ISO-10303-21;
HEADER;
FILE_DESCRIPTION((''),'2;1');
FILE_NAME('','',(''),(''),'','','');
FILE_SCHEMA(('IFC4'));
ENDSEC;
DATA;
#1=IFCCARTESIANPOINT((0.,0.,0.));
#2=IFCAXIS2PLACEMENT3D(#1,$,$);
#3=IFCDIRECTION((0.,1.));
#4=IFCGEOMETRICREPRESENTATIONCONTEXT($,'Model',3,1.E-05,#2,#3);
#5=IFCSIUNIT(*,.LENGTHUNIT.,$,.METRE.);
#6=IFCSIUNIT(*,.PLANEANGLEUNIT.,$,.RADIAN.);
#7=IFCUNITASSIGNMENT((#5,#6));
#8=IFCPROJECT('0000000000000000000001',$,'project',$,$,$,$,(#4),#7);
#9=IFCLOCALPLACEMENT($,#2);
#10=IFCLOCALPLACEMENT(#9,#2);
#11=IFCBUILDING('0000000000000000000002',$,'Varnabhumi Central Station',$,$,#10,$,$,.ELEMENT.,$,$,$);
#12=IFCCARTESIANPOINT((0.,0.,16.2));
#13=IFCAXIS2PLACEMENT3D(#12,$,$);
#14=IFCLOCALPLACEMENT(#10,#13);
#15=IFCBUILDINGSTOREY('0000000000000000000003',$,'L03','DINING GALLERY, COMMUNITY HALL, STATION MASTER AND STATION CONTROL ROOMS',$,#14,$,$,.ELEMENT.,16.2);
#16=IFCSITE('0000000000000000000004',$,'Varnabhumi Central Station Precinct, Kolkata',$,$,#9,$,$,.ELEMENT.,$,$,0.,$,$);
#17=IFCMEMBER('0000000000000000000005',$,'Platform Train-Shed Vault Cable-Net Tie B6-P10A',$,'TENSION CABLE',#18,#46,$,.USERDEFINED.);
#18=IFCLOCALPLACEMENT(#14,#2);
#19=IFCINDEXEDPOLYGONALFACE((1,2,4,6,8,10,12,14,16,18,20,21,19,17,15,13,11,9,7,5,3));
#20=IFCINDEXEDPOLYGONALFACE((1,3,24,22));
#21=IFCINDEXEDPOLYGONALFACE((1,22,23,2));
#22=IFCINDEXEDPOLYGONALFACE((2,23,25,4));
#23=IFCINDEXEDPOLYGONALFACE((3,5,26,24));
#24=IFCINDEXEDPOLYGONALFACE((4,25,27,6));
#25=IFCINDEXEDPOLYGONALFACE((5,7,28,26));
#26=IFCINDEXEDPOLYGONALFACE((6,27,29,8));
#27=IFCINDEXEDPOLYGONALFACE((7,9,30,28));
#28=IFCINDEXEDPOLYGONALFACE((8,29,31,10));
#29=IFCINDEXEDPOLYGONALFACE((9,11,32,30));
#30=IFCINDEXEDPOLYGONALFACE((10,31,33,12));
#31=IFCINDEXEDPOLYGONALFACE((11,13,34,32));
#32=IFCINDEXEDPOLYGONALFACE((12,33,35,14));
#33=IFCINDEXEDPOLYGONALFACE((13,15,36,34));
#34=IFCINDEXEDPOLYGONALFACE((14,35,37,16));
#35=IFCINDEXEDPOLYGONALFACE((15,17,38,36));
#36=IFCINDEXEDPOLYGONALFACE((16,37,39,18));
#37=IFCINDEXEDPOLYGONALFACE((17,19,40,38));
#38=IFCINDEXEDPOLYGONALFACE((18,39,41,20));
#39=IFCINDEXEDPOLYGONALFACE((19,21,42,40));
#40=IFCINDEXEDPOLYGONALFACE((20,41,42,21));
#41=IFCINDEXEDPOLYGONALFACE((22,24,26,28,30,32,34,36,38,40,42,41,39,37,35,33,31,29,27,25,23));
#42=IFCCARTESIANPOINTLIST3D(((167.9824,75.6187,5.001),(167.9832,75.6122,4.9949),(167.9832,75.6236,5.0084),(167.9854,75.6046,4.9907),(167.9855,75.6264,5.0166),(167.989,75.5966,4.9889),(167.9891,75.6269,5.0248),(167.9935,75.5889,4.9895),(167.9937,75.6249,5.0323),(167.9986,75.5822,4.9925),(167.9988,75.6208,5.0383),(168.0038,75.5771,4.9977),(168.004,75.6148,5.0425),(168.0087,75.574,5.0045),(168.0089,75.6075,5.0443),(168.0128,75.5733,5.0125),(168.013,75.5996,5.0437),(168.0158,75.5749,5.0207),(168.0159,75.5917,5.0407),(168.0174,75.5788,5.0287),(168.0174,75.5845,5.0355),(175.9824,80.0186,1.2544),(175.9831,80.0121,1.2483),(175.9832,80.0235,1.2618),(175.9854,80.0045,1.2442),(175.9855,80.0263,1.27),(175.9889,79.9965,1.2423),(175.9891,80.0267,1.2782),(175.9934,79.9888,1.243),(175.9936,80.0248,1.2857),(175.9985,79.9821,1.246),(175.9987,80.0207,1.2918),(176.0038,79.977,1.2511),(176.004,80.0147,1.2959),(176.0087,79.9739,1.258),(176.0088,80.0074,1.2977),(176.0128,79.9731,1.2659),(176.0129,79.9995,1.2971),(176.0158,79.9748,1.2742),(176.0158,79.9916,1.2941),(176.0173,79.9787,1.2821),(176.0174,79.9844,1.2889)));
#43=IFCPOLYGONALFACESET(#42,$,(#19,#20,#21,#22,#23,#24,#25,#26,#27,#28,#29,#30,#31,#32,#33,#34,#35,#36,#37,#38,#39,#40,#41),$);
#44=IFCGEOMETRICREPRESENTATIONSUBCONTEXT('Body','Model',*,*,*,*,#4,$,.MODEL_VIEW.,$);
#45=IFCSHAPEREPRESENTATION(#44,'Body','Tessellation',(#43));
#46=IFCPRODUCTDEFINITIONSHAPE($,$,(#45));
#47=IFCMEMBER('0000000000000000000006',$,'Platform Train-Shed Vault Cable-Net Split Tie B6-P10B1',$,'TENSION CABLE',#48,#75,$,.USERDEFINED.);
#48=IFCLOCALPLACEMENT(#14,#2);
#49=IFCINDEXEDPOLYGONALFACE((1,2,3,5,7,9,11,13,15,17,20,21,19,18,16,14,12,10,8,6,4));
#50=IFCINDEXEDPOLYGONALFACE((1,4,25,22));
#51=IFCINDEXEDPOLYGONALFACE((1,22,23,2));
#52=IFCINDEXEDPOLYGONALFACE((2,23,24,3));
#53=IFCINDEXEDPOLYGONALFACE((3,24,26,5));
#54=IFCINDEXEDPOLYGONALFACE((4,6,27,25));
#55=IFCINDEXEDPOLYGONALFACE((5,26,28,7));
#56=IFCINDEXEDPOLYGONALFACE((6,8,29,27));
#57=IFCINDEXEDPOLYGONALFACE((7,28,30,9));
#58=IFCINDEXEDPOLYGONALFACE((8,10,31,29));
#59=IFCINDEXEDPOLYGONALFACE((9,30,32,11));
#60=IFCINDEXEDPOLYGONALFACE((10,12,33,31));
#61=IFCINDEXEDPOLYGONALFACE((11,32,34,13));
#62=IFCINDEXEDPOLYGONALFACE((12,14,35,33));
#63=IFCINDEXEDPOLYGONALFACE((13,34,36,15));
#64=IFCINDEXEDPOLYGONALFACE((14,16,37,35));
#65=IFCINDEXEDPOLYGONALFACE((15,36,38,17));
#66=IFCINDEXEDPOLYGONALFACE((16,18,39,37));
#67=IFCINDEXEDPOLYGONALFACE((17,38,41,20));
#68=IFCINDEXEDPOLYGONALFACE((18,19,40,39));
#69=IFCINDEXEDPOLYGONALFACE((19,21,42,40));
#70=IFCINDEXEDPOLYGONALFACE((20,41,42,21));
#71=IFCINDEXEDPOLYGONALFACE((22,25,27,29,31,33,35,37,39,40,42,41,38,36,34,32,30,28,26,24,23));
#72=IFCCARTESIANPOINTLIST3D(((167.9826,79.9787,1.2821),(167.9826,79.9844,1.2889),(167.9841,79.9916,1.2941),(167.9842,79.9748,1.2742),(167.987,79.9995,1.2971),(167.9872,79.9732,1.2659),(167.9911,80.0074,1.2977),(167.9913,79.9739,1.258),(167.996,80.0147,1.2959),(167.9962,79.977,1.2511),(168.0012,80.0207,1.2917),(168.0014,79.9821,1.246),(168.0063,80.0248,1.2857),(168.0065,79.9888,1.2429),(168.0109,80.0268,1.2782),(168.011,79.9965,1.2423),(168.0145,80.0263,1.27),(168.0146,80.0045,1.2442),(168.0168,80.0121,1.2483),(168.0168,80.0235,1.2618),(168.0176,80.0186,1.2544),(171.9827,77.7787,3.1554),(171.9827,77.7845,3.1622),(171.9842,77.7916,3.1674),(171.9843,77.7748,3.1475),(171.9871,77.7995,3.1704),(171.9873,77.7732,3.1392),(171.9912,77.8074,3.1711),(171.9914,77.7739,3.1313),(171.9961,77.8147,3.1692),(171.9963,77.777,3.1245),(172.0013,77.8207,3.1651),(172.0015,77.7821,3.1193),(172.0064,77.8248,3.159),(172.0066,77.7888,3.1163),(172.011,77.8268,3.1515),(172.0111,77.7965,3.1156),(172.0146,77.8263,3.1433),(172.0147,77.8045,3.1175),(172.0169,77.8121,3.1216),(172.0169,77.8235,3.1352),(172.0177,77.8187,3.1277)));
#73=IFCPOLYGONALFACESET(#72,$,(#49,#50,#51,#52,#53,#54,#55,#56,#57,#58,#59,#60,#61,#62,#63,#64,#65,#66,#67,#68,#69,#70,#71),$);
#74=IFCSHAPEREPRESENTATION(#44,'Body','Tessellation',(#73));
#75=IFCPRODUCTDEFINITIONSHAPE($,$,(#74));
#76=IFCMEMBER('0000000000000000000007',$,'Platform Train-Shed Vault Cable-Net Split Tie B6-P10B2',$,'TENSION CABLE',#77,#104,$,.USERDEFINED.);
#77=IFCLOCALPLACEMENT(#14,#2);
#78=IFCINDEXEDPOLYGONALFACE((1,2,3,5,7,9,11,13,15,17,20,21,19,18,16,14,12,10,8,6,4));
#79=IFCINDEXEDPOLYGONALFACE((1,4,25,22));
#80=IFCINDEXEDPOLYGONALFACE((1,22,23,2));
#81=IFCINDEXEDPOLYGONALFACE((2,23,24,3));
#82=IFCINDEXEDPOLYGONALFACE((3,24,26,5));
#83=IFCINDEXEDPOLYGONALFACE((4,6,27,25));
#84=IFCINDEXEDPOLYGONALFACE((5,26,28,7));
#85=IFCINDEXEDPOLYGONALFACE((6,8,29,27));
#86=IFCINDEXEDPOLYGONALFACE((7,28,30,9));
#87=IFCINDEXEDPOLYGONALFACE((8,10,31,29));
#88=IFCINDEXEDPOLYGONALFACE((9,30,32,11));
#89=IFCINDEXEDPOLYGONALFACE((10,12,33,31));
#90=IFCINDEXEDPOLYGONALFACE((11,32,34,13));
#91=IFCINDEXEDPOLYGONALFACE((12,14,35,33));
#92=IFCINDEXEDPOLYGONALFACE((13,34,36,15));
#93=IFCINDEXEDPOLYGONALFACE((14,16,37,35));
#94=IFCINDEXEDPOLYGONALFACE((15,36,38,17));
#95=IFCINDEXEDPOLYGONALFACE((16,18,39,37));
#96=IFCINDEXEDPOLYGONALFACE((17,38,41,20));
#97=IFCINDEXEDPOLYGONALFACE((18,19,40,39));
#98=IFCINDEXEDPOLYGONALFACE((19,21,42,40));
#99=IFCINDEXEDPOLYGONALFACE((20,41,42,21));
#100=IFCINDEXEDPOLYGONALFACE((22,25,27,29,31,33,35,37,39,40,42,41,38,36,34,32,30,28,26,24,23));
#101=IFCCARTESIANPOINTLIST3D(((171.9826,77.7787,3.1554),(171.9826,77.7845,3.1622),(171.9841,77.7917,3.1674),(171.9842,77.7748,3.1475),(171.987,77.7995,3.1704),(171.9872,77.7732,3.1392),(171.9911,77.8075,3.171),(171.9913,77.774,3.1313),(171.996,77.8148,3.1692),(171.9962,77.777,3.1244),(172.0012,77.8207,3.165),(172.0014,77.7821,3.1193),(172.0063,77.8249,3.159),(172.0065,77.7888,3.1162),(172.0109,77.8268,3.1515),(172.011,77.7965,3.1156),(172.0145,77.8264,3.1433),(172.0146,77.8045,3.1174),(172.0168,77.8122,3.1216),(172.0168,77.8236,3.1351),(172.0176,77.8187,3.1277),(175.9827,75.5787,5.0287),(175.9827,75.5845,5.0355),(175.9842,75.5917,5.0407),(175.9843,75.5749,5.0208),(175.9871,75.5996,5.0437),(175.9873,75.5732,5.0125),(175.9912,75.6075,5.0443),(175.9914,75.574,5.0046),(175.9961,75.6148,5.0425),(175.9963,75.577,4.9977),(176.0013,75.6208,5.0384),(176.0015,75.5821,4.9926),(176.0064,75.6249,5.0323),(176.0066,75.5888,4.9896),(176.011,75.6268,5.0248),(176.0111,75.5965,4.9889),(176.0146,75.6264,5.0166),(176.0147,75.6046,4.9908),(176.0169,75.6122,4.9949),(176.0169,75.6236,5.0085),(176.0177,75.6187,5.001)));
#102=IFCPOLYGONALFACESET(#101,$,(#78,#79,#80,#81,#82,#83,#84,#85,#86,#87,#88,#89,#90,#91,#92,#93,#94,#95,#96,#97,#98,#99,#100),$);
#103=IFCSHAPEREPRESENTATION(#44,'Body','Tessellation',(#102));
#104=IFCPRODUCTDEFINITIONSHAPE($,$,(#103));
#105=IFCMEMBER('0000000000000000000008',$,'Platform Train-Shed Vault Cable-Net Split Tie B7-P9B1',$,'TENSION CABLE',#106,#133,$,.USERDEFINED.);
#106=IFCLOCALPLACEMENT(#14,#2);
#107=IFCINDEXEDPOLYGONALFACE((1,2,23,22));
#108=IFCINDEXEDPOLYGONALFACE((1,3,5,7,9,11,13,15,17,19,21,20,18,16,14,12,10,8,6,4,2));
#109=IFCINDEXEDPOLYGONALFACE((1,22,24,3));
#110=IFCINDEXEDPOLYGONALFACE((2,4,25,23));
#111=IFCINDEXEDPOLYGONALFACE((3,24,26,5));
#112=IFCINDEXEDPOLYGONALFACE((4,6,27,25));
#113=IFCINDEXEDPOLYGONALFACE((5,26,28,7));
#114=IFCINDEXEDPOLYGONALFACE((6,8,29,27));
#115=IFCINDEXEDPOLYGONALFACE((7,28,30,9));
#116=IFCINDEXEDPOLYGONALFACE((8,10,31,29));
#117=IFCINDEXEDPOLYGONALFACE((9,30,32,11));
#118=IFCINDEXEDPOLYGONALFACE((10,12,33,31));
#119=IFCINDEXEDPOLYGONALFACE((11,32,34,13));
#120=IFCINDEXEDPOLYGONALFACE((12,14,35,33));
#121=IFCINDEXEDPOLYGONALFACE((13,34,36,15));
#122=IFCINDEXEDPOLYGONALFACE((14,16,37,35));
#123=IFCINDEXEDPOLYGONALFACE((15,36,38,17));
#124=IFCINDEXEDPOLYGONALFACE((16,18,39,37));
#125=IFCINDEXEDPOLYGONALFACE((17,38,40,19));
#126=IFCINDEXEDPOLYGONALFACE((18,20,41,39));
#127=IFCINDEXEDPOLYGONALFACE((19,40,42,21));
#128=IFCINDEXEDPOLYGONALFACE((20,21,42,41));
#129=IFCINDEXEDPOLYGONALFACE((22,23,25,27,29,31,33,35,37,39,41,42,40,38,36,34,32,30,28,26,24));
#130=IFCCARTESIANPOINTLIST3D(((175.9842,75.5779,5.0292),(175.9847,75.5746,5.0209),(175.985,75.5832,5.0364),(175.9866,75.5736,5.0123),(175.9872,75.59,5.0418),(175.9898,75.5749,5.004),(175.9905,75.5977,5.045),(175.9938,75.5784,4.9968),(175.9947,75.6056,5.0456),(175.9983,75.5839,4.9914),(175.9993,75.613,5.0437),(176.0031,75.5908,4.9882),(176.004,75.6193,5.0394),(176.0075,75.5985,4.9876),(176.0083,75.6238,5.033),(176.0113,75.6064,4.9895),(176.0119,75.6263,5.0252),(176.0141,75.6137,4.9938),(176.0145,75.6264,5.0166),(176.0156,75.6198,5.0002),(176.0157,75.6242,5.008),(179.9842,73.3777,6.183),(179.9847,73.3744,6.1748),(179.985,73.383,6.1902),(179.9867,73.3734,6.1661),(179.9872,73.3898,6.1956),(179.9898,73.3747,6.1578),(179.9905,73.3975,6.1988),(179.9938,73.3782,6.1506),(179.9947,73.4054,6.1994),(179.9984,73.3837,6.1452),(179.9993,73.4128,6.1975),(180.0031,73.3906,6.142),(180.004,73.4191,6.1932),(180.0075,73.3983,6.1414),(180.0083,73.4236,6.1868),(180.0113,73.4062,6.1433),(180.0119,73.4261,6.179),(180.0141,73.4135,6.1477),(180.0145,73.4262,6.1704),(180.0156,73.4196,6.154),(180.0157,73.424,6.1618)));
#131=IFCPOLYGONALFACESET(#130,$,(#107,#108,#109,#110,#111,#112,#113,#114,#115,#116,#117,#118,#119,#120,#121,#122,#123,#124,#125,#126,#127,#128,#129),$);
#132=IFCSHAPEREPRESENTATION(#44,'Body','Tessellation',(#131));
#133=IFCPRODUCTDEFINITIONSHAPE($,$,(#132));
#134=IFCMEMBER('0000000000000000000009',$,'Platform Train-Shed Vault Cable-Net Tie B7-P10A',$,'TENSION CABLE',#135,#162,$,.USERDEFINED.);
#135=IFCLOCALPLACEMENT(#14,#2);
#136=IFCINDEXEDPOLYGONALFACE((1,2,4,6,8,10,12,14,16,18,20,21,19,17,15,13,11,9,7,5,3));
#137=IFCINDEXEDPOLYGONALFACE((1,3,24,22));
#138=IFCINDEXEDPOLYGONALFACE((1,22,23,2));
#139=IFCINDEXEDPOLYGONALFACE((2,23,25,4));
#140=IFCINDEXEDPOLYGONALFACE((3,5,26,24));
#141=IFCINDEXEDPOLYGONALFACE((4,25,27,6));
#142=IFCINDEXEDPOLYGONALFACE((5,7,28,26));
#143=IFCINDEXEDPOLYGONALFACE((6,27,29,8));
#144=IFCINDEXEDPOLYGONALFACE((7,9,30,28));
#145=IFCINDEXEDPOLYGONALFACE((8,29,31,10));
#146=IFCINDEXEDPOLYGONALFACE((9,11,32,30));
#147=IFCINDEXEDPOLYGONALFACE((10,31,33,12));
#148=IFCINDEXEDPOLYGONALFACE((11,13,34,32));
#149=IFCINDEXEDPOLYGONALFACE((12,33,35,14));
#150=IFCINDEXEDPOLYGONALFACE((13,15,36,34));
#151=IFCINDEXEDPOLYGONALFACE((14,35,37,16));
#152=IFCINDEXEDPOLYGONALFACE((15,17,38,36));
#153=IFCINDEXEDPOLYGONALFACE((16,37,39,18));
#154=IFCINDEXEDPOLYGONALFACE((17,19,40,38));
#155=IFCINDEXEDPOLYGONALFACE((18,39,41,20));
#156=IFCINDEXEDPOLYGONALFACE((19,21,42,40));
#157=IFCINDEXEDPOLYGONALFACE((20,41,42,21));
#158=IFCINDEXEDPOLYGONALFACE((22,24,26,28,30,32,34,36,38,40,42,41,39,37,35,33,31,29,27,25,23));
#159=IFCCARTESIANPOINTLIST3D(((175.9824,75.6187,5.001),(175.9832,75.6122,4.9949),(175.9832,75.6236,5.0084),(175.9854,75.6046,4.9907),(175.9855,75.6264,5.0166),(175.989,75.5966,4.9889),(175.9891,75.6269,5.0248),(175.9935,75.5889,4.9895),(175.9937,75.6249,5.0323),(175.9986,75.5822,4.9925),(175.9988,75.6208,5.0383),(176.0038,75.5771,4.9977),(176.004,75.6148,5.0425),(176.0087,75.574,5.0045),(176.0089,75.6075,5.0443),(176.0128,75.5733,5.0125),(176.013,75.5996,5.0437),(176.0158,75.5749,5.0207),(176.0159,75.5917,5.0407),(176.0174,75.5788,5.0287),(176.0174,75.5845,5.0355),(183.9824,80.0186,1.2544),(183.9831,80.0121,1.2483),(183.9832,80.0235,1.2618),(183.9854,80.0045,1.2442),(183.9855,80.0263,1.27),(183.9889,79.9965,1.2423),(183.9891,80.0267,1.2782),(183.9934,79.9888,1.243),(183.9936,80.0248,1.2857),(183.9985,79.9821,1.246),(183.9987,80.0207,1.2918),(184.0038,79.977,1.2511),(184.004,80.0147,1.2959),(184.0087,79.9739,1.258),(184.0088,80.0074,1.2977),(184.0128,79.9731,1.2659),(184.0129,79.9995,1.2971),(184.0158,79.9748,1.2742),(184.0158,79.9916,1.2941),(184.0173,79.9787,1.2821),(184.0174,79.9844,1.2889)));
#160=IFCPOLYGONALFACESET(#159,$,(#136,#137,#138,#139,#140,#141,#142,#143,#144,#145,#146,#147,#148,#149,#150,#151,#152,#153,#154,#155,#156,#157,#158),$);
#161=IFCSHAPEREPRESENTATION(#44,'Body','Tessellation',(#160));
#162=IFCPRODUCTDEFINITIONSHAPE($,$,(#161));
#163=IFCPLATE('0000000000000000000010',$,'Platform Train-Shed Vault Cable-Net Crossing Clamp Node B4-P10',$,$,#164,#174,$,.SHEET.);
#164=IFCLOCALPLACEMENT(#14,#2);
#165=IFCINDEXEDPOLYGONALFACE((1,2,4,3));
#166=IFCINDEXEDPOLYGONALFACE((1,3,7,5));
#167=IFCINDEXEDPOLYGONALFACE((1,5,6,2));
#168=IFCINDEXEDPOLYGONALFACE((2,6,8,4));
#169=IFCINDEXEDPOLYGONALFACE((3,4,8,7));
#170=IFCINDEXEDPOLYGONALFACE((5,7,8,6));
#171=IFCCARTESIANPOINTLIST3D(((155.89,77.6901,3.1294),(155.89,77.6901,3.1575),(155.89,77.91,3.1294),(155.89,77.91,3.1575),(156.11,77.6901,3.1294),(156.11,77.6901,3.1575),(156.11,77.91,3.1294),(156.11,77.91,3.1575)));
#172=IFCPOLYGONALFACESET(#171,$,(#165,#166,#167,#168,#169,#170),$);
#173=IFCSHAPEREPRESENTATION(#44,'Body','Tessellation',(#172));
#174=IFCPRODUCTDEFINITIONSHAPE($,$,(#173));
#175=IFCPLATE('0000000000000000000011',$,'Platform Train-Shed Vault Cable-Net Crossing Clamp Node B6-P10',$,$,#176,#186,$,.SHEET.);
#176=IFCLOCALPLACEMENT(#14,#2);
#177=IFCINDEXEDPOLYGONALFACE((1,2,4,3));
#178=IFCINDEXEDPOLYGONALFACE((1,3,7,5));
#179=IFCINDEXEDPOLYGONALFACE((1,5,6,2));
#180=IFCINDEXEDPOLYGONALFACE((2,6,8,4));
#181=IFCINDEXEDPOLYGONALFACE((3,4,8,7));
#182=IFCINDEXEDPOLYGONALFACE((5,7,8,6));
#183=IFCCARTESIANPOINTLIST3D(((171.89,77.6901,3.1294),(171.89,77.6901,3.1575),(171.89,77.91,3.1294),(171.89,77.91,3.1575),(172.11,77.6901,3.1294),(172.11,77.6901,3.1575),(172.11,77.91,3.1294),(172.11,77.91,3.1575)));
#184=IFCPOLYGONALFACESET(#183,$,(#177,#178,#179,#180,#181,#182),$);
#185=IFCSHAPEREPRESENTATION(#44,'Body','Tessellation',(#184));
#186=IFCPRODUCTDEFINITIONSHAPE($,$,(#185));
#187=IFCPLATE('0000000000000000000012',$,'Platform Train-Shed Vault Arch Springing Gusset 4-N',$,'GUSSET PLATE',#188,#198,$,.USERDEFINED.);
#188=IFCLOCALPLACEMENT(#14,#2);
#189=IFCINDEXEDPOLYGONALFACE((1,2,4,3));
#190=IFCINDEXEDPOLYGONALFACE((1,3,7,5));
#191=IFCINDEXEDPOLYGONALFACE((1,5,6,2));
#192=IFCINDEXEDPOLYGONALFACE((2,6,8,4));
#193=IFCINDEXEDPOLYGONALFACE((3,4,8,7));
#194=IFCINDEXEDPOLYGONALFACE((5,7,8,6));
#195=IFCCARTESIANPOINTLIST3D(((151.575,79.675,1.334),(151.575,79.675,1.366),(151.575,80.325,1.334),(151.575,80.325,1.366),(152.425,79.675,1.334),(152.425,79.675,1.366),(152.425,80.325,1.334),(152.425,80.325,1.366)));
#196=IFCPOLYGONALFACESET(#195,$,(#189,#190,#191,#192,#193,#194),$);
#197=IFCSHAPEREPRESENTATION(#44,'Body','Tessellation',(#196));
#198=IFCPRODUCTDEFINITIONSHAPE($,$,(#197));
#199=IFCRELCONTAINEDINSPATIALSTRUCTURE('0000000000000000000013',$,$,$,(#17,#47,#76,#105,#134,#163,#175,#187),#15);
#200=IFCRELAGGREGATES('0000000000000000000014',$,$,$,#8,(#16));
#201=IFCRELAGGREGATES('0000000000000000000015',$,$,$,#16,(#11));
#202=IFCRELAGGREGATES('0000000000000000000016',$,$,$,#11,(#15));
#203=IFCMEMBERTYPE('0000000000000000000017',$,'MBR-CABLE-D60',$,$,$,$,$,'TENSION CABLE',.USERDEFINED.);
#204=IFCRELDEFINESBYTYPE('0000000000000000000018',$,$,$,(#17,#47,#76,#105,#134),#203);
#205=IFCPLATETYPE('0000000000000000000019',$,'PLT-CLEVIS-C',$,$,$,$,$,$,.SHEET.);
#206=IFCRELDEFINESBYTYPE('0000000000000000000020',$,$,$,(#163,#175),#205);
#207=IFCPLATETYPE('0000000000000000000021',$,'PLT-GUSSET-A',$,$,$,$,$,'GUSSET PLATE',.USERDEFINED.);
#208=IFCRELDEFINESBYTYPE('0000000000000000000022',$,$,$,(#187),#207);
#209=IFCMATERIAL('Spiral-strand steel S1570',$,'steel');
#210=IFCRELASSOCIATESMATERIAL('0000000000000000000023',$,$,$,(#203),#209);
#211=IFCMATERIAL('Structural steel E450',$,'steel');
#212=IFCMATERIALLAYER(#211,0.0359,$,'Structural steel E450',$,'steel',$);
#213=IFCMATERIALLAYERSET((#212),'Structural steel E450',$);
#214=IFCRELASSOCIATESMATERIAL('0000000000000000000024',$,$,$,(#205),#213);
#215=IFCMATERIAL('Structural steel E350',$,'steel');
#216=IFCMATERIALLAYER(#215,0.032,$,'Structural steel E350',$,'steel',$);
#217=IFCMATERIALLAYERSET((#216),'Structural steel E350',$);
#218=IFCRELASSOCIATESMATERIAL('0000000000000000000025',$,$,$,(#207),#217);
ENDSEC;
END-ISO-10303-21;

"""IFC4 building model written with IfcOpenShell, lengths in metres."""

from ifc_helpers import new_model, si_unit, direction, frame, origin, origin_2d, place, context, subcontext, project, spatial, rectangle, circle, extrude, material, layer, layer_set, material_profile, profile_set, type_object, element, save


model = new_model("IFC4")

# Units and contexts
model_context = context("Model", 3, precision=1e-05, world=origin(), true_north=direction((0.0, 1.0)))
body_context = subcontext(model_context, "Body", "Model", "MODEL_VIEW")
ifc_project = project(units=[si_unit("LENGTHUNIT", "METRE"), si_unit("PLANEANGLEUNIT", "RADIAN")], contexts=[model_context])

# Site, building, storey
site_placement = place(None, origin())
site = spatial("IfcSite", under=ifc_project, at=site_placement, Name="Varnabhumi Central Station Precinct, Kolkata", CompositionType="ELEMENT", RefElevation=0.0)
building_placement = place(site_placement, origin())
building = spatial("IfcBuilding", under=site, at=building_placement, Name="Varnabhumi Central Station", CompositionType="ELEMENT")
storey_placement = place(building_placement, frame((0.0, 0.0, 16.2)))
storey = spatial("IfcBuildingStorey", under=building, at=storey_placement, Name="L03", Description="DINING GALLERY, COMMUNITY HALL, STATION MASTER AND STATION CONTROL ROOMS", CompositionType="ELEMENT", Elevation=16.2)

# Shared definitions
ifc_material_1 = material(Name="Structural steel E350", Category="steel")

# Shared definitions
ifc_material_2 = material(Name="Structural steel E450", Category="steel")

# Members
ifc_material_3 = material(Name="Spiral-strand steel S1570", Category="steel")
ifc_material_profile_1 = material_profile(ifc_material_3, circle(Radius=0.03, at=origin_2d()), Name="Spiral-strand steel S1570", Category="steel")
ifc_profile_set_1 = profile_set([ifc_material_profile_1], Name="Spiral-strand steel S1570")
member_type = type_object("IfcMemberType", Name="MBR-CABLE-D60", ElementType="TENSION CABLE", PredefinedType="USERDEFINED", material=ifc_profile_set_1)
member_1_placement = place(storey_placement, frame((168.0, 75.6001, 5.0166), z_axis=(0.810624, 0.445833, -0.379634), x_axis=(-0.481911, 0.87622, 0.0)))
element("IfcMember", 1, at=member_1_placement, inside=storey, type_object=member_type, Name="Platform Train-Shed Vault Cable-Net Tie B6-P10A", ObjectType="TENSION CABLE", PredefinedType="USERDEFINED", context=body_context, shape_type="SweptSolid", body=[
    extrude(circle(Radius=0.03, at=origin_2d()), origin(), (0.0, 0.0, 1.0), 9.8689),
])
for number, where, z_axis, x_axis, name in (
    (2, (168.0, 80.0, 1.27), (0.810624, -0.445833, 0.379634), (0.481911, 0.87622, 0.0), "Platform Train-Shed Vault Cable-Net Split Tie B6-P10B1"),
    (3, (172.0, 77.8, 3.1433), (0.810624, -0.445833, 0.379634), (0.481911, 0.87622, 0.0), "Platform Train-Shed Vault Cable-Net Split Tie B6-P10B2"),
):
    element("IfcMember", number, at=place(storey_placement, frame(where, z_axis=z_axis, x_axis=x_axis)), inside=storey, type_object=member_type, Name=name, ObjectType="TENSION CABLE", PredefinedType="USERDEFINED", context=body_context, shape_type="SweptSolid", body=[
        extrude(circle(Radius=0.03, at=origin_2d()), origin(), (0.0, 0.0, 1.0), 4.9346),
    ])
member_2_placement = place(storey_placement, frame((176.0, 75.6001, 5.0166), z_axis=(0.849486, -0.467259, 0.245036), x_axis=(0.481952, 0.876198, 0.0)))
element("IfcMember", 4, at=member_2_placement, inside=storey, type_object=member_type, Name="Platform Train-Shed Vault Cable-Net Split Tie B7-P9B1", ObjectType="TENSION CABLE", PredefinedType="USERDEFINED", context=body_context, shape_type="SweptSolid", body=[
    extrude(circle(Radius=0.03, at=origin_2d()), origin(), (0.0, 0.0, 1.0), 4.7087),
])
member_3_placement = place(storey_placement, frame((176.0, 75.6001, 5.0166), z_axis=(0.810624, 0.445833, -0.379634), x_axis=(-0.481911, 0.87622, 0.0)))
element("IfcMember", 5, at=member_3_placement, inside=storey, type_object=member_type, Name="Platform Train-Shed Vault Cable-Net Tie B7-P10A", ObjectType="TENSION CABLE", PredefinedType="USERDEFINED", context=body_context, shape_type="SweptSolid", body=[
    extrude(circle(Radius=0.03, at=origin_2d()), origin(), (0.0, 0.0, 1.0), 9.8689),
])

# Plates
ifc_layer_1 = layer(ifc_material_2, 0.0359, Name="Structural steel E450", Category="steel")
ifc_layer_set_1 = layer_set([ifc_layer_1], Name="Structural steel E450")
plate_type_1 = type_object("IfcPlateType", Name="PLT-CLEVIS-C", PredefinedType="SHEET", material=ifc_layer_set_1)
for number, where, z_axis, x_axis, name in (
    (6, (156.0, 77.8, 3.1294), (0.0, 0.0, 1.0), (1.0, 0.0, 0.0), "Platform Train-Shed Vault Cable-Net Crossing Clamp Node B4-P10"),
    (7, (172.0, 77.8, 3.1294), (0.0, 0.0, 1.0), (1.0, 0.0, 0.0), "Platform Train-Shed Vault Cable-Net Crossing Clamp Node B6-P10"),
):
    element("IfcPlate", number, at=place(storey_placement, frame(where, z_axis=z_axis, x_axis=x_axis)), inside=storey, type_object=plate_type_1, Name=name, PredefinedType="SHEET", context=body_context, shape_type="SweptSolid", body=[
        extrude(rectangle(XDim=0.22, YDim=0.22, at=origin_2d()), origin(), (0.0, 0.0, 1.0), 0.0281),
    ])
ifc_layer_2 = layer(ifc_material_1, 0.032, Name="Structural steel E350", Category="steel")
ifc_layer_set_2 = layer_set([ifc_layer_2], Name="Structural steel E350")
plate_type_2 = type_object("IfcPlateType", Name="PLT-GUSSET-A", ElementType="GUSSET PLATE", PredefinedType="USERDEFINED", material=ifc_layer_set_2)
for number, where, z_axis, x_axis, name in (
    (8, (152.0, 80.0, 1.334), (0.0, 0.0, 1.0), (1.0, 0.0, 0.0), "Platform Train-Shed Vault Arch Springing Gusset 4-N"),
):
    element("IfcPlate", number, at=place(storey_placement, frame(where, z_axis=z_axis, x_axis=x_axis)), inside=storey, type_object=plate_type_2, Name=name, ObjectType="GUSSET PLATE", PredefinedType="USERDEFINED", context=body_context, shape_type="SweptSolid", body=[
        extrude(rectangle(XDim=0.8501, YDim=0.6499, at=origin_2d()), origin(), (0.0, 0.0, 1.0), 0.032),
    ])

save(model, "model.ifc")
